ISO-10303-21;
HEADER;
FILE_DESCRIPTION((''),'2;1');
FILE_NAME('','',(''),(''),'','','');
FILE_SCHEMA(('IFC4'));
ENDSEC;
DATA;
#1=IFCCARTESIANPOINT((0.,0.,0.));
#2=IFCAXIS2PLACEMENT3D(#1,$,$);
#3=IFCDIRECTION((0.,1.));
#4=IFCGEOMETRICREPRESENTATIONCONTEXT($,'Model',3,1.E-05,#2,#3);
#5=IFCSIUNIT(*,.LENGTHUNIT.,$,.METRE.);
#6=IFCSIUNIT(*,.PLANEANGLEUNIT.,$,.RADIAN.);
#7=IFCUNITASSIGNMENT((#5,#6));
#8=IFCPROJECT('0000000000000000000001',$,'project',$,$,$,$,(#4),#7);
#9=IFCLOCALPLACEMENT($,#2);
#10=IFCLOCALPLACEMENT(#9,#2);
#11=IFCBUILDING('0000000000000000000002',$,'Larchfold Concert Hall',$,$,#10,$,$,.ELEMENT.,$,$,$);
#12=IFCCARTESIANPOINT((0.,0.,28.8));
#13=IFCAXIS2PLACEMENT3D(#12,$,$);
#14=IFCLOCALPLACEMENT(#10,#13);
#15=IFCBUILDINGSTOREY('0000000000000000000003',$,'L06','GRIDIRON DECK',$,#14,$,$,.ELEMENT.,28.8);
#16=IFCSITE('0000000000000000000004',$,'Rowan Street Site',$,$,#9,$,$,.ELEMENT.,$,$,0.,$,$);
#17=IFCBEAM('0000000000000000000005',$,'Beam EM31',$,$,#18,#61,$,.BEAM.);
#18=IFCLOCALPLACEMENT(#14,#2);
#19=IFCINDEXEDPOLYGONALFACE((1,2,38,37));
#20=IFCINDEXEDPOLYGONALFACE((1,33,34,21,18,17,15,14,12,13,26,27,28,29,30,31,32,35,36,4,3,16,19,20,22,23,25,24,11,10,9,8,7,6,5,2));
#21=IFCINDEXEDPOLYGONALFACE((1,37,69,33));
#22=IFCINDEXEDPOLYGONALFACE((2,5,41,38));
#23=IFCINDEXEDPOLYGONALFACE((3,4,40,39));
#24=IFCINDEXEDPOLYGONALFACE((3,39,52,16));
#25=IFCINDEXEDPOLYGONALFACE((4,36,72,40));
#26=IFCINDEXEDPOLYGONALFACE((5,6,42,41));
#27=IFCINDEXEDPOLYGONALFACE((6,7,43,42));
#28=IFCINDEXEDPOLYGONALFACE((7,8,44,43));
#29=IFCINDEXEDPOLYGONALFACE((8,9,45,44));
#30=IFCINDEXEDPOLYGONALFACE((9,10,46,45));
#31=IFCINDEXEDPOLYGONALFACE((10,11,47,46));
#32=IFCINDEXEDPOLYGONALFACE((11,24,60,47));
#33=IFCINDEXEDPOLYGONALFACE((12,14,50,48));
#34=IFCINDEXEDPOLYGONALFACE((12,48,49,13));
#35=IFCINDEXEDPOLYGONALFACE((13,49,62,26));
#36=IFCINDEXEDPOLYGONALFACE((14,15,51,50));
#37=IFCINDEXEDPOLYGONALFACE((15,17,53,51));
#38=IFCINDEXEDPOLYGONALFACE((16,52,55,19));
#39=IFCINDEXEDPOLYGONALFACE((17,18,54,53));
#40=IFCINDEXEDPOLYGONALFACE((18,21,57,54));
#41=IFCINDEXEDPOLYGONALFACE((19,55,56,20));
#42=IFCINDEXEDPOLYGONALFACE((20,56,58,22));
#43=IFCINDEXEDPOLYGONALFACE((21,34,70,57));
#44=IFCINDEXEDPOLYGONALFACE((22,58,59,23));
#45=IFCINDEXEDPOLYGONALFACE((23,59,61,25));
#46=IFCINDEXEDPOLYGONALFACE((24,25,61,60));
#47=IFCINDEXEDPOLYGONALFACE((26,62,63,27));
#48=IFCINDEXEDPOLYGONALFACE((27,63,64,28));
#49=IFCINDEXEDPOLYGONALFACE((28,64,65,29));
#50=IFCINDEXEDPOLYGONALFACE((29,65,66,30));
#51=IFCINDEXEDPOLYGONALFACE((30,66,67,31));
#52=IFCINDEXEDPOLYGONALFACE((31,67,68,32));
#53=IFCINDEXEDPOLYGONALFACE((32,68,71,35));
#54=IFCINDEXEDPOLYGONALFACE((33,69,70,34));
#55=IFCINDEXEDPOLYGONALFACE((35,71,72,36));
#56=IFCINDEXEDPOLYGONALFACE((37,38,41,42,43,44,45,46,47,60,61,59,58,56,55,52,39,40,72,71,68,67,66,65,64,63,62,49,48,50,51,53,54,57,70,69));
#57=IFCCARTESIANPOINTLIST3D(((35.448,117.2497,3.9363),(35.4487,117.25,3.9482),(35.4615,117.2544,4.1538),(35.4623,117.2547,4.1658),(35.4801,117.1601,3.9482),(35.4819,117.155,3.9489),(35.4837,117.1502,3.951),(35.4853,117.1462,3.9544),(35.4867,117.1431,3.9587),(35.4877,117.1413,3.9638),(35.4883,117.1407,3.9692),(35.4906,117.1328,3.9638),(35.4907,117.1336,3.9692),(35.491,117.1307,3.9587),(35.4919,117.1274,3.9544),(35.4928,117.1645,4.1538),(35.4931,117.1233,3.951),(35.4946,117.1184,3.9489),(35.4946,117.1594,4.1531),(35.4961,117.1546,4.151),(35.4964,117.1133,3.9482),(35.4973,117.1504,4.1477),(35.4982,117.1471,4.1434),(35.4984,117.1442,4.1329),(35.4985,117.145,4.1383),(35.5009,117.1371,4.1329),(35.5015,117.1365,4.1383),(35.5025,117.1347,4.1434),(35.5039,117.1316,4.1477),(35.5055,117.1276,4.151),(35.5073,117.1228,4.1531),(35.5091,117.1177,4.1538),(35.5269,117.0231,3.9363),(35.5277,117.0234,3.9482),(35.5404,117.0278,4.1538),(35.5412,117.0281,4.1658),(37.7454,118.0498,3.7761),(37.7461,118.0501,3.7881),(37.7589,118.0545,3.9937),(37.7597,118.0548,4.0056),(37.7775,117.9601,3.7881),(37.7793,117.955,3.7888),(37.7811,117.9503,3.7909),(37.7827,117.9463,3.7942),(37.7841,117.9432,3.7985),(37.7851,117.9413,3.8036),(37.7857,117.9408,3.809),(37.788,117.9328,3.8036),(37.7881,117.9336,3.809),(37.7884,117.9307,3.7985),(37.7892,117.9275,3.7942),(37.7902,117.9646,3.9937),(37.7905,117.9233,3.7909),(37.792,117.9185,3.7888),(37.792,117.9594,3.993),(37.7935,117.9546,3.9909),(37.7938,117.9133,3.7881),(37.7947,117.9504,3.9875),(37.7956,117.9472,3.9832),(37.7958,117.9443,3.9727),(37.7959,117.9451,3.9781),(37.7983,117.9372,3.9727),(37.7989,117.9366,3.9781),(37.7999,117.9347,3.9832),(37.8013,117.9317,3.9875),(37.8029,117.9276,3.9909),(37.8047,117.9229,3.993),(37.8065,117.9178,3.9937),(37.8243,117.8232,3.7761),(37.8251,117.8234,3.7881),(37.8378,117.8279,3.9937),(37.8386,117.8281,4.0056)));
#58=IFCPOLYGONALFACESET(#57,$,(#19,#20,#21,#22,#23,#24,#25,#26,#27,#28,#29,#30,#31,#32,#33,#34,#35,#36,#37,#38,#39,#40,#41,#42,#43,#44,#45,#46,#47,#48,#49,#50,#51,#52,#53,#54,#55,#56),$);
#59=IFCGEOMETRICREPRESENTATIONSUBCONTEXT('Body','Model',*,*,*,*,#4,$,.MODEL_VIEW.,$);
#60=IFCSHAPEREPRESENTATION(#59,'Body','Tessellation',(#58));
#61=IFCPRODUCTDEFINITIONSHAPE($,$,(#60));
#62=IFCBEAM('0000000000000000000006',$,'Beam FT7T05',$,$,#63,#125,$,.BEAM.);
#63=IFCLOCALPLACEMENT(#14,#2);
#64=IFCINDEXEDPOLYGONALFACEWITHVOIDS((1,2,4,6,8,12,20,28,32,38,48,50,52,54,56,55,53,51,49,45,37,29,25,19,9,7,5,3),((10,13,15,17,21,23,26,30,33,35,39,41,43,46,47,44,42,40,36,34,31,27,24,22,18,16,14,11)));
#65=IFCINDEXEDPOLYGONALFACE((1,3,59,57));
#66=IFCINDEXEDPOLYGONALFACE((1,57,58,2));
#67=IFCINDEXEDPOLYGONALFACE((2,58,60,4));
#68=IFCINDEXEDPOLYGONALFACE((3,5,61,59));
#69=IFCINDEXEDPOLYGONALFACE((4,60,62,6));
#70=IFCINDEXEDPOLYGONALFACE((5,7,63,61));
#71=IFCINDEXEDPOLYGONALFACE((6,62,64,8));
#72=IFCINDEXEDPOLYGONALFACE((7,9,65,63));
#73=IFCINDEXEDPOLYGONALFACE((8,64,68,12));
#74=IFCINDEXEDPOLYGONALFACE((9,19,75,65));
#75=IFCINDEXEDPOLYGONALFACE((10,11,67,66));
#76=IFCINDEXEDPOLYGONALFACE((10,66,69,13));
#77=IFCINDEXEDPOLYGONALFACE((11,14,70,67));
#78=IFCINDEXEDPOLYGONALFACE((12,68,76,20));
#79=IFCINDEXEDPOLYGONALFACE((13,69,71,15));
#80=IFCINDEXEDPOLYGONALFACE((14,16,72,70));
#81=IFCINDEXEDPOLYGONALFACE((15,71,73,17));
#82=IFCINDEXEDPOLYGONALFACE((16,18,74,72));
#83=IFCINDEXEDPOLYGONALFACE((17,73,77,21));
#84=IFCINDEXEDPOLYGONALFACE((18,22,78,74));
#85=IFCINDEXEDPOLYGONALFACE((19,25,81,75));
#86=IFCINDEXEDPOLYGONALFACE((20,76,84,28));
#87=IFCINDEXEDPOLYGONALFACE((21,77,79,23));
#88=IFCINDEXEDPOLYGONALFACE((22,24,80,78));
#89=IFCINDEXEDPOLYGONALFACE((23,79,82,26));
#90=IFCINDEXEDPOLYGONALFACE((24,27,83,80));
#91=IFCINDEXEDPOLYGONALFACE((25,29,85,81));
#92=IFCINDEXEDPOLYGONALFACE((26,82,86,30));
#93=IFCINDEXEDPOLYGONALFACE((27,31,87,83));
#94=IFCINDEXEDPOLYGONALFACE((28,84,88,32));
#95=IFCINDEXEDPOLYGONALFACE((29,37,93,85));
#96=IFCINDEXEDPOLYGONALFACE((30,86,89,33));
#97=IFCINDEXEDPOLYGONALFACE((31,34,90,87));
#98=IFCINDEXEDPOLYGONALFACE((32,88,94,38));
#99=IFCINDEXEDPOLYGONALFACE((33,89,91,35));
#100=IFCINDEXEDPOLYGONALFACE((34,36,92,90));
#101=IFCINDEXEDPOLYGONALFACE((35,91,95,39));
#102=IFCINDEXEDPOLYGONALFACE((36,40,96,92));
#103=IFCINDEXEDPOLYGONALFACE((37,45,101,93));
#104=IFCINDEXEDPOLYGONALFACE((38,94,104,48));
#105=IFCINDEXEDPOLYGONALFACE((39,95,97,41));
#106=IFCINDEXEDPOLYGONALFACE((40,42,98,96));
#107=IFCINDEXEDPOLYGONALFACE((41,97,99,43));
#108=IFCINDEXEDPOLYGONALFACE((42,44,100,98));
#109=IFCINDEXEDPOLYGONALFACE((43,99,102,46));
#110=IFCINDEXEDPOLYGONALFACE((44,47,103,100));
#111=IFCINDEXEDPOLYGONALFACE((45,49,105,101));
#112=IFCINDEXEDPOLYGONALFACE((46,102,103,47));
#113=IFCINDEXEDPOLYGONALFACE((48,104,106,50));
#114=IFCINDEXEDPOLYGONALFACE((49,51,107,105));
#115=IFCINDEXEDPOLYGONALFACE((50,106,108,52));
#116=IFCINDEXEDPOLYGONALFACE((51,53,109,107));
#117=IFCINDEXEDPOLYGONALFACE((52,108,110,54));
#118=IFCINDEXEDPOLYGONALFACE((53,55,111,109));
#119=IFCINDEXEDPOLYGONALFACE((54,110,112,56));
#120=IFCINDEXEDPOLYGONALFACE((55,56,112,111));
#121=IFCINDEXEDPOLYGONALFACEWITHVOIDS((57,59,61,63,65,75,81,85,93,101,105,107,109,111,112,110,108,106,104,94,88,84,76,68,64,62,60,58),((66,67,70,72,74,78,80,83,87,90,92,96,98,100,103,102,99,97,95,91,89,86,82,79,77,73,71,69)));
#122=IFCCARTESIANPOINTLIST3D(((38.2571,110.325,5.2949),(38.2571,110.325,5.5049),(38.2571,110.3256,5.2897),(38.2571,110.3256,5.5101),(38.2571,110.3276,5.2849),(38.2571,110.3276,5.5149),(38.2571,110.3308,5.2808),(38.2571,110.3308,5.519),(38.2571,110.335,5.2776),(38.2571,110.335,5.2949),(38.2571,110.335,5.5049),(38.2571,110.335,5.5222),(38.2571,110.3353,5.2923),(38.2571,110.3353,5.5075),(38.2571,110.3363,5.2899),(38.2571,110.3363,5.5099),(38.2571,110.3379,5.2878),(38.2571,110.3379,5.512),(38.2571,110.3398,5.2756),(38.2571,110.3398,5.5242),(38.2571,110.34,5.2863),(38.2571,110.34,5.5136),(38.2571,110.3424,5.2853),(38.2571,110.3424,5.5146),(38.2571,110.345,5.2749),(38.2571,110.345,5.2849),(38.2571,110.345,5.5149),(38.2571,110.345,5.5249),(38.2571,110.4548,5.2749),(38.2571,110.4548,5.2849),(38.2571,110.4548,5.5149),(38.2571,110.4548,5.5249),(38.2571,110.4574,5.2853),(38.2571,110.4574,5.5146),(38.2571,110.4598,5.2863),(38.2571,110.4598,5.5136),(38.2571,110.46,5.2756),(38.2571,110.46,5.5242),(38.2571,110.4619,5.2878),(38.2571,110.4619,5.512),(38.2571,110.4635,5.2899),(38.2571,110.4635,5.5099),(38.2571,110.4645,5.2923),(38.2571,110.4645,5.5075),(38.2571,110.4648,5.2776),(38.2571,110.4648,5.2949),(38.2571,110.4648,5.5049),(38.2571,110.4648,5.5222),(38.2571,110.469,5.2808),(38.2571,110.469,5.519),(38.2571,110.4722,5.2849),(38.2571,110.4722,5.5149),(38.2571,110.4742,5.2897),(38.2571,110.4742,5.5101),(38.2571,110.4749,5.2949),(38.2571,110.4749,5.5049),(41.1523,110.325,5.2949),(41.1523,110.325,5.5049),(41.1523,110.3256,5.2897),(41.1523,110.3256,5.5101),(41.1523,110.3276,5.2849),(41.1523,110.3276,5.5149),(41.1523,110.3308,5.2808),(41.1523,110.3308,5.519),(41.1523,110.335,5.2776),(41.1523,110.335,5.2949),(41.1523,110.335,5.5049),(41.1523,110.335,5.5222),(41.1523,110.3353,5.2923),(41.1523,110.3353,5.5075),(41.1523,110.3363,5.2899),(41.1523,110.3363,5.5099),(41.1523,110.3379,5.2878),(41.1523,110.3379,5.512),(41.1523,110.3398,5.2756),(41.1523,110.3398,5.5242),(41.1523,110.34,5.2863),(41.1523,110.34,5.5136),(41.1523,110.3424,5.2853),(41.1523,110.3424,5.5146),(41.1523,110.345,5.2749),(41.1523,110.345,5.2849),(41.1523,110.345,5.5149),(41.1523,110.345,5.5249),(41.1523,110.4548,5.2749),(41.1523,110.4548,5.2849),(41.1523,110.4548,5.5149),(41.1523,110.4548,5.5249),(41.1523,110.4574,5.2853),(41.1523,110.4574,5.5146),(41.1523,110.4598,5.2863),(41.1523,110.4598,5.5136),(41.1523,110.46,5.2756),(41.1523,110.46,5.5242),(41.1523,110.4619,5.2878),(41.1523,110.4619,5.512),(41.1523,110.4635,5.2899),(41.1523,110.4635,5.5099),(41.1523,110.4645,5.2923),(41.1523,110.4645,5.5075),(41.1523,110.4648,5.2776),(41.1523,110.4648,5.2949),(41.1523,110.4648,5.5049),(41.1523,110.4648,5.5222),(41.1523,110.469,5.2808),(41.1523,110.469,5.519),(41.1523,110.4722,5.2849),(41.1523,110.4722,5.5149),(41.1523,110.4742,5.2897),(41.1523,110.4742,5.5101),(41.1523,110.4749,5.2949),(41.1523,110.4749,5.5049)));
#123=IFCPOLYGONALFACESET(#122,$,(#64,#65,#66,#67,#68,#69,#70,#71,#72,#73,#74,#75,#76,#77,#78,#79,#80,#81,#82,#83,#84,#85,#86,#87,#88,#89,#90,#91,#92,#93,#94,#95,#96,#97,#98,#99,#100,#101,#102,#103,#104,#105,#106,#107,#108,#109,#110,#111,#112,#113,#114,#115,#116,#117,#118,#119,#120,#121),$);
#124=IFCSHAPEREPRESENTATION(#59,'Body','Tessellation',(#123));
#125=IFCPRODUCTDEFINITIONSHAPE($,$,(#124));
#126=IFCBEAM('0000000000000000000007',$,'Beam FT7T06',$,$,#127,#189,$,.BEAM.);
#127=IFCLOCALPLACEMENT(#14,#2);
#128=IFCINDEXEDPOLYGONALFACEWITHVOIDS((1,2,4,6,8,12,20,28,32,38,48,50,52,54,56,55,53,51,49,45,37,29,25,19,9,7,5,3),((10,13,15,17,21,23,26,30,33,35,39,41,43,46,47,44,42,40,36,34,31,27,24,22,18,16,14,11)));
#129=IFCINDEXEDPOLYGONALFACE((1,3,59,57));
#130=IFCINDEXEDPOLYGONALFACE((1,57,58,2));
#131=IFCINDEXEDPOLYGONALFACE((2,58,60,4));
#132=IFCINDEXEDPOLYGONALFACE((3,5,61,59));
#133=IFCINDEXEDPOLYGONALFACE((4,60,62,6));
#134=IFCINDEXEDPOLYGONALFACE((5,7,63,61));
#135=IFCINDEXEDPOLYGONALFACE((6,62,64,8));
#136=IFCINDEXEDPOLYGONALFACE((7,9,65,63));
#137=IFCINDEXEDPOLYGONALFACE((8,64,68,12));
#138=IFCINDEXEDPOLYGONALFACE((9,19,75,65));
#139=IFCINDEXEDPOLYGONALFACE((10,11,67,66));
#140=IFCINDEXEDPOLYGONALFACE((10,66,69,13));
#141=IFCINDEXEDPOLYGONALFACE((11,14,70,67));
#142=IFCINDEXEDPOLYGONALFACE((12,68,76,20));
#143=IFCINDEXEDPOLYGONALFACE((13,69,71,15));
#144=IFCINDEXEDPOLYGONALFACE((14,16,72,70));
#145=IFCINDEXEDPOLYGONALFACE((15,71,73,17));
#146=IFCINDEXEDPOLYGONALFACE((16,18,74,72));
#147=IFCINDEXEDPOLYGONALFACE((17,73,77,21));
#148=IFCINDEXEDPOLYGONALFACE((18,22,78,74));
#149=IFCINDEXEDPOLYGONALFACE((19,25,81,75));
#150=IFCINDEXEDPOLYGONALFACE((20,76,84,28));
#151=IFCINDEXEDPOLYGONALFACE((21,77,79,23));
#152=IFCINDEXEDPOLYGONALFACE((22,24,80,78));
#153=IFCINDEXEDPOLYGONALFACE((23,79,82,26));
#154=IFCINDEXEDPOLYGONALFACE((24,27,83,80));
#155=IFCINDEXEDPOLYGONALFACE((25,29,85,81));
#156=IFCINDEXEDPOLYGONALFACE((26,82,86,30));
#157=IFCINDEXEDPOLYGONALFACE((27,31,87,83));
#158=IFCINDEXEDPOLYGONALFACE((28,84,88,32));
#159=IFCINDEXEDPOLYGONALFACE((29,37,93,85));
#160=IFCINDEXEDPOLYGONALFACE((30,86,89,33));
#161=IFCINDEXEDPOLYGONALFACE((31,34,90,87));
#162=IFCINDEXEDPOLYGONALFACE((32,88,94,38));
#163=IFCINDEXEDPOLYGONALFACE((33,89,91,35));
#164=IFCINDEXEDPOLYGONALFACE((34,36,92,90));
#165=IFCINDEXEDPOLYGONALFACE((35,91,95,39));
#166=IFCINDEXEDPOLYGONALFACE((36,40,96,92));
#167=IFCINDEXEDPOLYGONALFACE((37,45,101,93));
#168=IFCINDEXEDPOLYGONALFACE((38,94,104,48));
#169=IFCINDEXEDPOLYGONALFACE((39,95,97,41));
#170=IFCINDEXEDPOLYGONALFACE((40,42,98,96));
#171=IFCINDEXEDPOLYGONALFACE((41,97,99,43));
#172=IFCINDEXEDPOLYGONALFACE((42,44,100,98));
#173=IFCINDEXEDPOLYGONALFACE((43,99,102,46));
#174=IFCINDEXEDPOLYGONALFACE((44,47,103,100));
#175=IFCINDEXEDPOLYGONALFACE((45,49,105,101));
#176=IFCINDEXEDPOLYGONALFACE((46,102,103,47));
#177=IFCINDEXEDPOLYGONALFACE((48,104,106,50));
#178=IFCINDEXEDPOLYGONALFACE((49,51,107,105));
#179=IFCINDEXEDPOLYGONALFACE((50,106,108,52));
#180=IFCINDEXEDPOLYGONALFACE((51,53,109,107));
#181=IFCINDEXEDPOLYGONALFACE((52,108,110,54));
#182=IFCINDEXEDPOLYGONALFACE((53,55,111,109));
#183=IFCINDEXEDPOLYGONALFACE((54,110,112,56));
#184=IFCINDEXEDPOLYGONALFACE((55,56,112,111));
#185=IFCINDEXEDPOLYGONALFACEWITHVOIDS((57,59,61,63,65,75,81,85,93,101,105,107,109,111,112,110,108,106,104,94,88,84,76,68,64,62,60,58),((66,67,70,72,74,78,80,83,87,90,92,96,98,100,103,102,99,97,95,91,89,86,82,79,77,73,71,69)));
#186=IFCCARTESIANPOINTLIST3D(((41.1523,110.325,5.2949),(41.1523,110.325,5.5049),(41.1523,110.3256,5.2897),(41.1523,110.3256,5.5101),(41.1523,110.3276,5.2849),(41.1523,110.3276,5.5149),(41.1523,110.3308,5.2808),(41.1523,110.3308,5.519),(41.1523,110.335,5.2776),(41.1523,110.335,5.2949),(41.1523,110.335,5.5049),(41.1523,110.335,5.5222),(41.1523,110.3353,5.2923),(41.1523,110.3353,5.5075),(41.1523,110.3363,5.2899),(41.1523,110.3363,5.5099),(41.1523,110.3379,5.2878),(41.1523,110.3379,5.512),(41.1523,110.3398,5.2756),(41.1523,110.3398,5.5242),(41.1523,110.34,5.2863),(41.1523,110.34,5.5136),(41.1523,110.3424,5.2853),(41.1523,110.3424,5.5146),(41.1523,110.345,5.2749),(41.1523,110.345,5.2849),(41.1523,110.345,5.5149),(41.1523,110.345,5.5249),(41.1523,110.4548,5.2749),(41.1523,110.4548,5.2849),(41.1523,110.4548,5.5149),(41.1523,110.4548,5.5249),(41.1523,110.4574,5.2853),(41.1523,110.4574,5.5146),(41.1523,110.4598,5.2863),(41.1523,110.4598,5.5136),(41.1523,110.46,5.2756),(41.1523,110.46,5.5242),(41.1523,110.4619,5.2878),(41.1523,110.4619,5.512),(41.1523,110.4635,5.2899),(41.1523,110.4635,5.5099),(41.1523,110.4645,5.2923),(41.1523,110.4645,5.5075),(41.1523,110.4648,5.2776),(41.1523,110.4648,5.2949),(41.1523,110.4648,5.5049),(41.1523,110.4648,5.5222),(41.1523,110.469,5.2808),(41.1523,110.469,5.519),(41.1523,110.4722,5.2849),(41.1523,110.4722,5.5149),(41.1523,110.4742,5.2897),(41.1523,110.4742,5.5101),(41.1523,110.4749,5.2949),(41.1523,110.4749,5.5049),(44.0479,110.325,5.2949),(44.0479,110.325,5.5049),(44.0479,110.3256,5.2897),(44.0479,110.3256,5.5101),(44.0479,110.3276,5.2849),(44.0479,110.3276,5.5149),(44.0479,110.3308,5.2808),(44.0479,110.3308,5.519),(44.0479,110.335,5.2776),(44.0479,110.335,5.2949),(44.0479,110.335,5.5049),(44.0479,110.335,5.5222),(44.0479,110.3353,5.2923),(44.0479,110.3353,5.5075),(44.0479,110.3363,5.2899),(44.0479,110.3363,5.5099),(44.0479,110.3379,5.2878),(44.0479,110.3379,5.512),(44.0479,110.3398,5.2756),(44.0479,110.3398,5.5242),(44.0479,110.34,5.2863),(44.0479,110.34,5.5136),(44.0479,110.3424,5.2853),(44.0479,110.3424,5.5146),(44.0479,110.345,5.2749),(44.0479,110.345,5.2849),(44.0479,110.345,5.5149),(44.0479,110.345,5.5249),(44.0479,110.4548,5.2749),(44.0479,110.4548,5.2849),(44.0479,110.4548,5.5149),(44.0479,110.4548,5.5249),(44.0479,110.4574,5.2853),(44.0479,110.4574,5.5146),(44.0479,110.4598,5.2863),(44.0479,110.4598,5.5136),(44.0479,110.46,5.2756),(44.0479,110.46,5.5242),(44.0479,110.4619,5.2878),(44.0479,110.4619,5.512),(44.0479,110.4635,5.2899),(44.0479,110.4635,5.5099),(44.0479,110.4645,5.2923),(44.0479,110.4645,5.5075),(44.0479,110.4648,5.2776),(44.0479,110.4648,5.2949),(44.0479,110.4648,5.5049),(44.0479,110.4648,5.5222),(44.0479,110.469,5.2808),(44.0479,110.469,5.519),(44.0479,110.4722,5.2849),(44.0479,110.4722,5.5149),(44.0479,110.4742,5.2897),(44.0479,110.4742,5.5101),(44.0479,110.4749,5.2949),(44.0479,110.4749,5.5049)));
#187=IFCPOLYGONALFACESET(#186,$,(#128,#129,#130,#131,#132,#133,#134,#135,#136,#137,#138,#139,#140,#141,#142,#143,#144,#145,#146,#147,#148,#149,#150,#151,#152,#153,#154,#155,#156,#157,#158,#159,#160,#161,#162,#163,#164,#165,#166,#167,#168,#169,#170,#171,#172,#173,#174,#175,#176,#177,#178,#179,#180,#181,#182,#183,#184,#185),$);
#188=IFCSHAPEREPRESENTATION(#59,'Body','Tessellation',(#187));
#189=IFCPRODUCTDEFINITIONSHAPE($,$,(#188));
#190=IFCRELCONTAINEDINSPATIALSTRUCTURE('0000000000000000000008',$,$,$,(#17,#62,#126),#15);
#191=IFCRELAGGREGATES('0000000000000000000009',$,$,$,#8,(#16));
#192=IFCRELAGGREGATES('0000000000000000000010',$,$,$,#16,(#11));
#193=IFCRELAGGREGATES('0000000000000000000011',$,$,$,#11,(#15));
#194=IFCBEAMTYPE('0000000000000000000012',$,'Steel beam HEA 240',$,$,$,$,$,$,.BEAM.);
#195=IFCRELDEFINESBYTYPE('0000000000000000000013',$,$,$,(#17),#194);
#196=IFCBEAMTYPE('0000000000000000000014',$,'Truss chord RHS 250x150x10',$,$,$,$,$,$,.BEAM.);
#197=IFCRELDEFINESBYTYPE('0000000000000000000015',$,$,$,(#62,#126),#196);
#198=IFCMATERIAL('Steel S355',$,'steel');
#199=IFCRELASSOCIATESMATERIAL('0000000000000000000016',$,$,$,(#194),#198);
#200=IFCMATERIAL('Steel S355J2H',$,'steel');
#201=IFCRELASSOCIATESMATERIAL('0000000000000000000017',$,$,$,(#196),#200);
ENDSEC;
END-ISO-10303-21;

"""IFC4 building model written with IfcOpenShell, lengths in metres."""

from ifc_helpers import new_model, si_unit, direction, frame, origin, origin_2d, place, context, subcontext, project, spatial, hollow_rectangle, i_section, extrude, material, material_profile, profile_set, type_object, element, save


model = new_model("IFC4")

# Units and contexts
model_context = context("Model", 3, precision=1e-05, world=origin(), true_north=direction((0.0, 1.0)))
body_context = subcontext(model_context, "Body", "Model", "MODEL_VIEW")
ifc_project = project(units=[si_unit("LENGTHUNIT", "METRE"), si_unit("PLANEANGLEUNIT", "RADIAN")], contexts=[model_context])

# Site, building, storey
site_placement = place(None, origin())
site = spatial("IfcSite", under=ifc_project, at=site_placement, Name="Rowan Street Site", CompositionType="ELEMENT", RefElevation=0.0)
building_placement = place(site_placement, origin())
building = spatial("IfcBuilding", under=site, at=building_placement, Name="Larchfold Concert Hall", CompositionType="ELEMENT")
storey_placement = place(building_placement, frame((0.0, 0.0, 28.8)))
storey = spatial("IfcBuildingStorey", under=building, at=storey_placement, Name="L06", Description="GRIDIRON DECK", CompositionType="ELEMENT", Elevation=28.8)

# Beams
ifc_material_1 = material(Name="Steel S355", Category="steel")
ifc_material_profile_1 = material_profile(ifc_material_1, i_section(OverallWidth=0.24, OverallDepth=0.23, WebThickness=0.0076, FlangeThickness=0.012, FilletRadius=0.021, at=origin_2d()))
ifc_profile_set_1 = profile_set([ifc_material_profile_1], Name="Steel S355")
beam_type_1 = type_object("IfcBeamType", Name="Steel beam HEA 240", PredefinedType="BEAM", material=ifc_profile_set_1)
beam_1_placement = place(storey_placement, frame((37.792, 117.939, 3.8909), z_axis=(-0.942334, -0.328164, 0.065693), x_axis=(0.328875, -0.944374, 0.0)))
element("IfcBeam", 1, at=beam_1_placement, inside=storey, type_object=beam_type_1, Name="Beam EM31", PredefinedType="BEAM", context=body_context, shape_type="SweptSolid", body=[
    extrude(i_section(OverallWidth=0.24, OverallDepth=0.23, WebThickness=0.0076, FlangeThickness=0.012, FilletRadius=0.021, at=origin_2d()), origin(), (0.0, 0.0, 1.0), 2.438),
])
ifc_material_2 = material(Name="Steel S355J2H", Category="steel")
ifc_material_profile_2 = material_profile(ifc_material_2, hollow_rectangle(XDim=0.1499, YDim=0.25, WallThickness=0.01, InnerFilletRadius=0.01, OuterFilletRadius=0.02, at=origin_2d()))
ifc_profile_set_2 = profile_set([ifc_material_profile_2], Name="Steel S355J2H")
beam_type_2 = type_object("IfcBeamType", Name="Truss chord RHS 250x150x10", PredefinedType="BEAM", material=ifc_profile_set_2)
beam_2_placement = place(storey_placement, frame((38.2571, 110.3999, 5.3999), z_axis=(1.0, 0.0, 0.0), x_axis=(0.0, 1.0, 0.0)))
element("IfcBeam", 2, at=beam_2_placement, inside=storey, type_object=beam_type_2, Name="Beam FT7T05", PredefinedType="BEAM", context=body_context, shape_type="SweptSolid", body=[
    extrude(hollow_rectangle(XDim=0.1499, YDim=0.25, WallThickness=0.01, InnerFilletRadius=0.01, OuterFilletRadius=0.02, at=origin_2d()), origin(), (0.0, 0.0, 1.0), 2.8953),
])
beam_3_placement = place(storey_placement, frame((41.1523, 110.3999, 5.3999), z_axis=(1.0, 0.0, 0.0), x_axis=(0.0, 1.0, 0.0)))
element("IfcBeam", 3, at=beam_3_placement, inside=storey, type_object=beam_type_2, Name="Beam FT7T06", PredefinedType="BEAM", context=body_context, shape_type="SweptSolid", body=[
    extrude(hollow_rectangle(XDim=0.1499, YDim=0.25, WallThickness=0.01, InnerFilletRadius=0.01, OuterFilletRadius=0.02, at=origin_2d()), origin(), (0.0, 0.0, 1.0), 2.8955),
])

save(model, "model.ifc")
